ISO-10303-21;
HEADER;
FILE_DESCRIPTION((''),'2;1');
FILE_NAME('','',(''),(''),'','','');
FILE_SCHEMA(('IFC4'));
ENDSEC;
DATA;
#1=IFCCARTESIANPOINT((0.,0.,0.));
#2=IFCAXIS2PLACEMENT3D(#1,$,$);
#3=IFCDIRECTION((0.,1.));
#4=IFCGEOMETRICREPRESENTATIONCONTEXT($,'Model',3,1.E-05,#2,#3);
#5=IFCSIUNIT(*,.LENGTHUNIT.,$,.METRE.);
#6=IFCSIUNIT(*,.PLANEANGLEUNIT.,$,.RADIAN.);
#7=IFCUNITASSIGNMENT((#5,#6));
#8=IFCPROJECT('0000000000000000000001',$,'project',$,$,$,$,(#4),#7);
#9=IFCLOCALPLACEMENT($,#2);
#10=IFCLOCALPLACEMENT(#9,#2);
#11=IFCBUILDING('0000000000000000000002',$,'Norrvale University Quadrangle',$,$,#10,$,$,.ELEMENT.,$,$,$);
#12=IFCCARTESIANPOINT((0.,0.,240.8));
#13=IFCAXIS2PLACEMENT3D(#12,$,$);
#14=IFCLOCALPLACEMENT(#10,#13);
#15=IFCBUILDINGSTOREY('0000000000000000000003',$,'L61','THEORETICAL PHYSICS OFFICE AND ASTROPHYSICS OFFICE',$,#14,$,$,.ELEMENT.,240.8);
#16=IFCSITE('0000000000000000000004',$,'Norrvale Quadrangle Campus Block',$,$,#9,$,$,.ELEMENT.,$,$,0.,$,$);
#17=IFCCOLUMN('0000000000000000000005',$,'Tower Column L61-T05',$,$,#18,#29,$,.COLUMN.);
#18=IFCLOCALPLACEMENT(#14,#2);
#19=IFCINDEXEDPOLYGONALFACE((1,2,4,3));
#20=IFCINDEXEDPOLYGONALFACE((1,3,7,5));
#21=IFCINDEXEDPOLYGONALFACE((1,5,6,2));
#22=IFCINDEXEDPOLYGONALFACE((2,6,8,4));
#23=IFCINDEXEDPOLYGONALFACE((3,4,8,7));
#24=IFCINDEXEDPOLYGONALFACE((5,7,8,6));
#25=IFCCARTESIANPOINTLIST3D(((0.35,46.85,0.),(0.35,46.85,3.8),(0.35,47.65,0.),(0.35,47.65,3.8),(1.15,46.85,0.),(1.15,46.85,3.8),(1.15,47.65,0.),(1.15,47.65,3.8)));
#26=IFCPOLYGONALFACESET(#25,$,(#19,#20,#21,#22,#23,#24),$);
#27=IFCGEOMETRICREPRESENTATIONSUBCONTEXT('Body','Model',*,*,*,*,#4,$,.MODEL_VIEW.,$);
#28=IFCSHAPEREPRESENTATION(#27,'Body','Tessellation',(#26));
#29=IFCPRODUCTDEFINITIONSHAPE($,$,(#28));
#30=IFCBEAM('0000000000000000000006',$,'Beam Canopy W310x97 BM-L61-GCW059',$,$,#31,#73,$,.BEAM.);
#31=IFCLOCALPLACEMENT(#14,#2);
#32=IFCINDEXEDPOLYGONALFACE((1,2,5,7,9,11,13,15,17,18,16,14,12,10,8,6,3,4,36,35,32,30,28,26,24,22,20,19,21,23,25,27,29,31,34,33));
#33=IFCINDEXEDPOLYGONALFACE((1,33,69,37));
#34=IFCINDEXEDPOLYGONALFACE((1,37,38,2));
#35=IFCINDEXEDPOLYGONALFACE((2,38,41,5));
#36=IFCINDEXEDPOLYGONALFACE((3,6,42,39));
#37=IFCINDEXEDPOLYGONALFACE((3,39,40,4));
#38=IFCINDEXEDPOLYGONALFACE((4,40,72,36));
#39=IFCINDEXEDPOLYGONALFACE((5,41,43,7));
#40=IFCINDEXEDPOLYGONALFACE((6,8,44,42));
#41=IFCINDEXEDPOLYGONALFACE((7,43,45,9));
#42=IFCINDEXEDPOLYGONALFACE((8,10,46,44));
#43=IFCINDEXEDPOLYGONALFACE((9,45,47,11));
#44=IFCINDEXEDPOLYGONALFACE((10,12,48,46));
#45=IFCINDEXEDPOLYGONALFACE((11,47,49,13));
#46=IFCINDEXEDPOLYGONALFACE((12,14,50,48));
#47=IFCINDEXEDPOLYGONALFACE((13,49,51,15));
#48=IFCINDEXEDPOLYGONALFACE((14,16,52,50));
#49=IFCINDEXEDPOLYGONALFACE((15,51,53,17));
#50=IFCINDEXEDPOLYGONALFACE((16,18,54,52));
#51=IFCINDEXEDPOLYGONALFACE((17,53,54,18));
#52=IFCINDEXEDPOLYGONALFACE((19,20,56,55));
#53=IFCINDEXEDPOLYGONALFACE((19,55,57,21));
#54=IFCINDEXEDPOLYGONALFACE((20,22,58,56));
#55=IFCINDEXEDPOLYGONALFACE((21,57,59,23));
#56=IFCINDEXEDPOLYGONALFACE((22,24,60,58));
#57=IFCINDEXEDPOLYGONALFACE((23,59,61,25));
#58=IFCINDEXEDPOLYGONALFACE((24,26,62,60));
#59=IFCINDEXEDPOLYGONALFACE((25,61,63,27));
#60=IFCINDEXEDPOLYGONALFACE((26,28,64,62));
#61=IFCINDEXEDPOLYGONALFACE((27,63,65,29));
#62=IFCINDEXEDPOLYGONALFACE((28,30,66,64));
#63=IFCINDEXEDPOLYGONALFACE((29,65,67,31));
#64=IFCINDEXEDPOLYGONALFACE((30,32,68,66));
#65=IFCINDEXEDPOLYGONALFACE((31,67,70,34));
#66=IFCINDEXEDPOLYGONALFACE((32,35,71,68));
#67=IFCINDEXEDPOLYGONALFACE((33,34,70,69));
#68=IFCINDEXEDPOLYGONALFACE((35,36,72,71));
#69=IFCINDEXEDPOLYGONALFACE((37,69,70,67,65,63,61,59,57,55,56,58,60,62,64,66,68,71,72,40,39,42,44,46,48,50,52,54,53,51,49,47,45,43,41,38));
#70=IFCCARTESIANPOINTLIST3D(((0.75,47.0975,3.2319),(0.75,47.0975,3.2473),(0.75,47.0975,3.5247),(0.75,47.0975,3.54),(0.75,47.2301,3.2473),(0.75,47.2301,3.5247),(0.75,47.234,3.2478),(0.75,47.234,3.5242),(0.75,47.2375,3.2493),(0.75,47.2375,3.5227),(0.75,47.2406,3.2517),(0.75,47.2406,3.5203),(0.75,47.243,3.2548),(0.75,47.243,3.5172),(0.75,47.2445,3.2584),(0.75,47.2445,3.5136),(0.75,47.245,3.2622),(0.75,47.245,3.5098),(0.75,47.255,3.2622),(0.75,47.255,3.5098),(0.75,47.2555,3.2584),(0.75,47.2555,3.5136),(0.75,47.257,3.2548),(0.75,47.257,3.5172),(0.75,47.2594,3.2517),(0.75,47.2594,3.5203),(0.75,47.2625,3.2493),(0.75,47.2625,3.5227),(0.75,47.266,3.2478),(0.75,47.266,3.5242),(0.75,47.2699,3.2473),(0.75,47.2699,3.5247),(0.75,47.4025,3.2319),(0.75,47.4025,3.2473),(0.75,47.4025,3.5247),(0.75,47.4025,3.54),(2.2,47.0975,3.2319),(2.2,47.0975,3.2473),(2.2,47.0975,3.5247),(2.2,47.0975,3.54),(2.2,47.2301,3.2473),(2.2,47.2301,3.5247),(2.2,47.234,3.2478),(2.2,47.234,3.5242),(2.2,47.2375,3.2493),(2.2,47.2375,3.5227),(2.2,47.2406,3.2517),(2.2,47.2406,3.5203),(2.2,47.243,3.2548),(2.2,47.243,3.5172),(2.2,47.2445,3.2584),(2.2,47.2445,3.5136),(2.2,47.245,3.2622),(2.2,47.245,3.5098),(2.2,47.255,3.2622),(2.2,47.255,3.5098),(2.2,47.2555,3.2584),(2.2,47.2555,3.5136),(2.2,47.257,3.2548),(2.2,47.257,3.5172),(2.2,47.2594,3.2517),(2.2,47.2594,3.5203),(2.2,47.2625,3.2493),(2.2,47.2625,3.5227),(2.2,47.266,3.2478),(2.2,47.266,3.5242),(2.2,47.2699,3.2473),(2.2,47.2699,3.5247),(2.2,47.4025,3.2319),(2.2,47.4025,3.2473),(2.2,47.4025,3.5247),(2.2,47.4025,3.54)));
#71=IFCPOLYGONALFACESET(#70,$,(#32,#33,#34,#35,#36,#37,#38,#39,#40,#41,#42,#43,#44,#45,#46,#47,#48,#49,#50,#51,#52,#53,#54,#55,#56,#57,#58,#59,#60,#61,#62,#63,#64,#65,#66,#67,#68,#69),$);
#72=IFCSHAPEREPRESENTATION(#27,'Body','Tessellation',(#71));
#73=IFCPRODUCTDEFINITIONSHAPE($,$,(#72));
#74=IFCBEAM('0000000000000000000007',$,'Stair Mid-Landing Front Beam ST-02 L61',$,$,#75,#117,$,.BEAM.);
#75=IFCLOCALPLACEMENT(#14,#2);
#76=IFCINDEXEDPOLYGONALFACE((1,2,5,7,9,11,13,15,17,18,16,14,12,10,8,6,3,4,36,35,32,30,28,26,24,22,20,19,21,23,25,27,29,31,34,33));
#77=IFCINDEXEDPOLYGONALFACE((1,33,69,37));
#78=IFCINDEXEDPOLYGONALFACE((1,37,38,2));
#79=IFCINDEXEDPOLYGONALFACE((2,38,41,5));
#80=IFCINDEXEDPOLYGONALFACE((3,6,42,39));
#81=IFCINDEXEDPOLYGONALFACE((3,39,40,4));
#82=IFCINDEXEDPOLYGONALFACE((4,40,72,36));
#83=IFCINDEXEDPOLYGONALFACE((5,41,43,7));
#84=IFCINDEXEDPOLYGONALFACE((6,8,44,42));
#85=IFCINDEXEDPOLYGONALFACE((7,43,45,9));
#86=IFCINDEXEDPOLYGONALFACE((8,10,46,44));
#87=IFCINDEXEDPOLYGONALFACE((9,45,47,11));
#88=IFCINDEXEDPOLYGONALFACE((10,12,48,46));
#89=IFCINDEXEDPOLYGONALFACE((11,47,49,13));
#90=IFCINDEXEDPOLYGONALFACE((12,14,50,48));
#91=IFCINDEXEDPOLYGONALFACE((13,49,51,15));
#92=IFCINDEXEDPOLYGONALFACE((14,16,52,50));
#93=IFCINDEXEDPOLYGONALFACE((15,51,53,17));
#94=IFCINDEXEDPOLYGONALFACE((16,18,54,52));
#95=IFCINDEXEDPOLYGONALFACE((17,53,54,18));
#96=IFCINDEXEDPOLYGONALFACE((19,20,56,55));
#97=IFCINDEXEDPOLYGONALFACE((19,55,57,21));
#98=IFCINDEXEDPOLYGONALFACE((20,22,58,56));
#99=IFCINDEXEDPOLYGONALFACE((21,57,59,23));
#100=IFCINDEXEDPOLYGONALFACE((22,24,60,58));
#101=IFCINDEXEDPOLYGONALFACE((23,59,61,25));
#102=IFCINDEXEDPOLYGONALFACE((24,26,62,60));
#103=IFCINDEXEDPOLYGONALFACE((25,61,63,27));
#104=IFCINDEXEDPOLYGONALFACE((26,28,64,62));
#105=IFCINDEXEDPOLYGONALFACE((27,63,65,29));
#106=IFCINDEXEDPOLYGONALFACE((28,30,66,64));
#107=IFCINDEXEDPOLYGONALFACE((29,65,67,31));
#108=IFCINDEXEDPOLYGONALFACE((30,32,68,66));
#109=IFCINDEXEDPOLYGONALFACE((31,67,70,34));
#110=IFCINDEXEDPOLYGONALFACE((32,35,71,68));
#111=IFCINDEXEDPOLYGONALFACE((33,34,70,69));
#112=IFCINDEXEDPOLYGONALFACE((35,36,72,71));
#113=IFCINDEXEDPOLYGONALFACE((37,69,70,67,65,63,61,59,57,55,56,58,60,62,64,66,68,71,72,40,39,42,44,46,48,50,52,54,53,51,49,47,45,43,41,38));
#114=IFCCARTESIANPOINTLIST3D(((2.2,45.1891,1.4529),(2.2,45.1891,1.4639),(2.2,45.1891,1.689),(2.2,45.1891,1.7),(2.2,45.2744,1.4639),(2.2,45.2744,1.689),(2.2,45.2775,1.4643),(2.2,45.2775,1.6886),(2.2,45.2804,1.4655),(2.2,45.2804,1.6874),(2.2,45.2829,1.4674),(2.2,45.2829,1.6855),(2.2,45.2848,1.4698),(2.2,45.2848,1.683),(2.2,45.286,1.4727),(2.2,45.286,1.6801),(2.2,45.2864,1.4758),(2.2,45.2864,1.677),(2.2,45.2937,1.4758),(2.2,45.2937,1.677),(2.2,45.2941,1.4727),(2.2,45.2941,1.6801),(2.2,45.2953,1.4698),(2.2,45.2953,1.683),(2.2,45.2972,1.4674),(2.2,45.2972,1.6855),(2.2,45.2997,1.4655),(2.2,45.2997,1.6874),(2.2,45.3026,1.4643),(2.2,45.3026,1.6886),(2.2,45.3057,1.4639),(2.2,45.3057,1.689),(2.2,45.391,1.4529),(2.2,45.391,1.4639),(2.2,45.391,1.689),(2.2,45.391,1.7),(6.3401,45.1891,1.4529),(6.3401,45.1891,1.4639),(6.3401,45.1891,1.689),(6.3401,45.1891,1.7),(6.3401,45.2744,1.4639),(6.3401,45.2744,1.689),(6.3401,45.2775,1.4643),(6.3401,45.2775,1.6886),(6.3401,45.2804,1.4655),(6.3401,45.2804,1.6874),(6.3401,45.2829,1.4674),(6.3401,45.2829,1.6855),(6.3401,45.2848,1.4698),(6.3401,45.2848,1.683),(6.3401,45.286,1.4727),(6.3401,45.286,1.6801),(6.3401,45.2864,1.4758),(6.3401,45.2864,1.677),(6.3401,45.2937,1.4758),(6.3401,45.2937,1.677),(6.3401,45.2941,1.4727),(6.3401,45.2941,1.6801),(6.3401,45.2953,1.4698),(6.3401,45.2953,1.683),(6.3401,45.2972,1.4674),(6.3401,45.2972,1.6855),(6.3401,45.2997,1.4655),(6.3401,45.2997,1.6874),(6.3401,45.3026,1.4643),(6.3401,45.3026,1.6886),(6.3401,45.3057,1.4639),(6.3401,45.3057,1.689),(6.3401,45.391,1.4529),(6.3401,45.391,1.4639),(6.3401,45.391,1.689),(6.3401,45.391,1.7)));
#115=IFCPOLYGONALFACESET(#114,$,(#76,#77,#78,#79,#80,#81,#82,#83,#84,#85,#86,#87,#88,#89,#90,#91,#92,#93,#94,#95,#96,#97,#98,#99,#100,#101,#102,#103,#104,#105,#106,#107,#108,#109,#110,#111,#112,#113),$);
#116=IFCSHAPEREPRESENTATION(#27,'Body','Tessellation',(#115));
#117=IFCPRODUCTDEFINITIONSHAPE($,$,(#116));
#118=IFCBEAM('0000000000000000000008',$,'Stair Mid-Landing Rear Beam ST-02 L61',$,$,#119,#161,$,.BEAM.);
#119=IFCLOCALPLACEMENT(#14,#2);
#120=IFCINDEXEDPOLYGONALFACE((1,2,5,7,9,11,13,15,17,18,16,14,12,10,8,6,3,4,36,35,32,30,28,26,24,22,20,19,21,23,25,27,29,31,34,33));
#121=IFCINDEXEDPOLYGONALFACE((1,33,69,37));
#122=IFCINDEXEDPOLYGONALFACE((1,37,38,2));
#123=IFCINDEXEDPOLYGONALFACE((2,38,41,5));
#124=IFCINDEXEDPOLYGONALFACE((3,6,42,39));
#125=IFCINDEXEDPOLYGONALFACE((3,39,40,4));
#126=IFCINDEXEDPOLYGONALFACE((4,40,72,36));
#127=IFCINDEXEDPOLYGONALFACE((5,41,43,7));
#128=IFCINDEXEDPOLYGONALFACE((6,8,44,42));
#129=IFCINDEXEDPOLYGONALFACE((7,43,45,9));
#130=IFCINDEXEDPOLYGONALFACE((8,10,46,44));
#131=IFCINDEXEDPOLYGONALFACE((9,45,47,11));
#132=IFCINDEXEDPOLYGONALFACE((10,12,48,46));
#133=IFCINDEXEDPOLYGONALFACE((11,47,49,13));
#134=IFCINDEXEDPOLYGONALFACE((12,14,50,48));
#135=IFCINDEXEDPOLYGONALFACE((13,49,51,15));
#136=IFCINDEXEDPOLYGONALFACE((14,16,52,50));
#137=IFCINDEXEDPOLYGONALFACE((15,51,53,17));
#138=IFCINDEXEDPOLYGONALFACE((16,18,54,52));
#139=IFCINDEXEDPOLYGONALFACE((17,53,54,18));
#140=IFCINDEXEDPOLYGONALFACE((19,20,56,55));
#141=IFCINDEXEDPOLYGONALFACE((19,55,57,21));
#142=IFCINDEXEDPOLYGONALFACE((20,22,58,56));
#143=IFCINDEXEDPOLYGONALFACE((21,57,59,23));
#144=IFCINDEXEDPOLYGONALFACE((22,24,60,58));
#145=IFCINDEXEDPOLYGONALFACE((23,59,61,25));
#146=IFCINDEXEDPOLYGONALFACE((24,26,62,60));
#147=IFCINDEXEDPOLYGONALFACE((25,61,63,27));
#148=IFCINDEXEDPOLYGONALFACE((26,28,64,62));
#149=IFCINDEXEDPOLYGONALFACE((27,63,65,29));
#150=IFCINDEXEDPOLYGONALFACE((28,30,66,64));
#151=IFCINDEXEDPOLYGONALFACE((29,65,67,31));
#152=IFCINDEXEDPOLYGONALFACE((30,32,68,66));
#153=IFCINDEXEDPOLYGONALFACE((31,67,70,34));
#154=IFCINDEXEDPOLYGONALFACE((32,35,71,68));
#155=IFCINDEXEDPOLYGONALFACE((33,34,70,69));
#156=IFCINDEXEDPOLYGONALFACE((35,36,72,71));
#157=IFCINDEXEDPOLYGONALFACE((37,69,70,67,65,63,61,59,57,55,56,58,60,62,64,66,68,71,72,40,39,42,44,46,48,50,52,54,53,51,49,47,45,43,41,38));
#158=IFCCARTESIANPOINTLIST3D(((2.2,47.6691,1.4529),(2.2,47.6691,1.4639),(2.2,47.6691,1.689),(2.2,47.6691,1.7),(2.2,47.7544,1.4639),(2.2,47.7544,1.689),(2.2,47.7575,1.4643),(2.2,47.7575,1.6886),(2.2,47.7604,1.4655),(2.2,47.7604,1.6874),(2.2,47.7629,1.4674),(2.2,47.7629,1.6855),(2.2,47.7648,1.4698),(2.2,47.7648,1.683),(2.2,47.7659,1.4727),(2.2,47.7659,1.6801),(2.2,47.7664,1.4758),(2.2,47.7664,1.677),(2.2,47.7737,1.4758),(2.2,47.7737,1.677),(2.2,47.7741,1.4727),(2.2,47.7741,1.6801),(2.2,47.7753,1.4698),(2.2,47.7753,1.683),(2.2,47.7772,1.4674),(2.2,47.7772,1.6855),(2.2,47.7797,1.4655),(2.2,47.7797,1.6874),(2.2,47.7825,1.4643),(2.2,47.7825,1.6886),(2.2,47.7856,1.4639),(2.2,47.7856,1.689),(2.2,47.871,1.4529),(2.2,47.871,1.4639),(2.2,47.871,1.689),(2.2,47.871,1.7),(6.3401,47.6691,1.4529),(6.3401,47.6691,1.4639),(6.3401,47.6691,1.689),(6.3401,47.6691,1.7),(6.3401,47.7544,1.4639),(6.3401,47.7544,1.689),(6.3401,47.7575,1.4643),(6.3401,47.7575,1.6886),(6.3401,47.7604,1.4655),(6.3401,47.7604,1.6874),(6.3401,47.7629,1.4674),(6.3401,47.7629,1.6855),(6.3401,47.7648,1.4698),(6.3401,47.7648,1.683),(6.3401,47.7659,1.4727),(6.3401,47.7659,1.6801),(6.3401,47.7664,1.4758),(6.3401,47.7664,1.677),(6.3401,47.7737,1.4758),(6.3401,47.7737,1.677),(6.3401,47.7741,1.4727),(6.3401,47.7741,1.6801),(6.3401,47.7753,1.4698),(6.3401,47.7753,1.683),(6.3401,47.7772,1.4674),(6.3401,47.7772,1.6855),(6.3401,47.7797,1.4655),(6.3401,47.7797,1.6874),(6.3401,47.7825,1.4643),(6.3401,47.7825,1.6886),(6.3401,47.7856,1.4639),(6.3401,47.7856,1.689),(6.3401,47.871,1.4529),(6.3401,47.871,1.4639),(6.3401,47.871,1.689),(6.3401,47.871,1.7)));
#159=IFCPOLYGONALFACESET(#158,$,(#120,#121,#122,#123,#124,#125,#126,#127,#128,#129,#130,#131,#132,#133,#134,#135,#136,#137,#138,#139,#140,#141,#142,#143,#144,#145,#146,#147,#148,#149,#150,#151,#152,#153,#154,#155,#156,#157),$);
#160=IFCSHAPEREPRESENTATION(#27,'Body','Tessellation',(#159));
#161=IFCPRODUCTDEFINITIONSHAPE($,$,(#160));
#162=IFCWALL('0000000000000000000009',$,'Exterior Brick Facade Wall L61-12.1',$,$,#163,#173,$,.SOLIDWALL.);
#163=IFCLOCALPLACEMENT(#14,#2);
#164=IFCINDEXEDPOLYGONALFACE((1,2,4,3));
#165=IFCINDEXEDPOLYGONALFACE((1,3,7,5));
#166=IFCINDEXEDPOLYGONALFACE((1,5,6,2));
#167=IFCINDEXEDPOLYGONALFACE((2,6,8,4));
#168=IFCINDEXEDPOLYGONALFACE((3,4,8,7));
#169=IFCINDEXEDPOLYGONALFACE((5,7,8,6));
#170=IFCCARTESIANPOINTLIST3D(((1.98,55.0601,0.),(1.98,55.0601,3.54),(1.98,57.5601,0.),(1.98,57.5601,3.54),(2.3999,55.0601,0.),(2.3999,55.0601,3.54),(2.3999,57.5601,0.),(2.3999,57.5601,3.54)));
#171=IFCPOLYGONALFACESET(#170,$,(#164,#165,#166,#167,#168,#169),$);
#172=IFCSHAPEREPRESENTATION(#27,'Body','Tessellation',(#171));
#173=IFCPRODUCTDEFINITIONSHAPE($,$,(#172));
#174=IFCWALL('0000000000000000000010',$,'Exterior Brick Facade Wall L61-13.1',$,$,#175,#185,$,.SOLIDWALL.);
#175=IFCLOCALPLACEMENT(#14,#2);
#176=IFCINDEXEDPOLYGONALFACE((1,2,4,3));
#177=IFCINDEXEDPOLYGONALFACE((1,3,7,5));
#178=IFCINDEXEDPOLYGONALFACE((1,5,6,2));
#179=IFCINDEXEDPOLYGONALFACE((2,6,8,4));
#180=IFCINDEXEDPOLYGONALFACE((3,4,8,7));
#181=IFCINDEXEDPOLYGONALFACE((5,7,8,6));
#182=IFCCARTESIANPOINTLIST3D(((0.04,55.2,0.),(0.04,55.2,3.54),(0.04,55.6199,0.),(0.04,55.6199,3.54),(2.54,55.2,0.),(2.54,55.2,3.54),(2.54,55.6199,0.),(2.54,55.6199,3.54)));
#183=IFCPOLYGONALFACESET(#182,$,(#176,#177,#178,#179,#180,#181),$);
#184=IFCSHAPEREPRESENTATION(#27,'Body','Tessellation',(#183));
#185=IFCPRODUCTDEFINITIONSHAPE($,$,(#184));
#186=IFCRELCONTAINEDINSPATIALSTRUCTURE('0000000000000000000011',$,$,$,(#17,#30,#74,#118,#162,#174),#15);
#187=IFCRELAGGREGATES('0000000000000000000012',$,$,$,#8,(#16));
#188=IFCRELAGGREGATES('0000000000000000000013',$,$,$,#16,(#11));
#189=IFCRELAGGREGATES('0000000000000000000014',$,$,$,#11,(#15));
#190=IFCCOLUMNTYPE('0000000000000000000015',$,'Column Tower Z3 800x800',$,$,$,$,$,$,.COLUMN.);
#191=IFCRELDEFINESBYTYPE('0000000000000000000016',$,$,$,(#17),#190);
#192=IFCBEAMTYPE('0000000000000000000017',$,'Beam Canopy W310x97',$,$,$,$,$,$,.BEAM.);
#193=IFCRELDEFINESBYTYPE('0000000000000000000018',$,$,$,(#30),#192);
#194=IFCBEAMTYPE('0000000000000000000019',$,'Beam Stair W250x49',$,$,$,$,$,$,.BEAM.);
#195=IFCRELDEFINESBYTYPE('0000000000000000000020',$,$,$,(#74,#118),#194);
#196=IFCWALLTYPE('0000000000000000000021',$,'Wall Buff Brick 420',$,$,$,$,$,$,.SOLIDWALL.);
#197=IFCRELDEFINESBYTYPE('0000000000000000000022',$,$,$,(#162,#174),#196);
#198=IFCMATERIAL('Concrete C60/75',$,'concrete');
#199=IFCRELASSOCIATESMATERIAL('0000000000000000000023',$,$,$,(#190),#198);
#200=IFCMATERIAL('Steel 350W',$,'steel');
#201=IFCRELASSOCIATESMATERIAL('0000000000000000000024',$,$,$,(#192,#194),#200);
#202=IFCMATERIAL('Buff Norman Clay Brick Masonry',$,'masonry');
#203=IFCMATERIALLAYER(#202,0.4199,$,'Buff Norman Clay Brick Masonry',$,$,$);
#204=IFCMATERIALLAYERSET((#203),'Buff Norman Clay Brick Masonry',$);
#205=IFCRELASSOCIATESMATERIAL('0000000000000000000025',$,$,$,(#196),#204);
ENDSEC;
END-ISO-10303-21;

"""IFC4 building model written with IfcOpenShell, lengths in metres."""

from ifc_helpers import new_model, si_unit, direction, frame, frame_2d, origin, origin_2d, place, context, subcontext, project, spatial, rectangle, i_section, extrude, material, layer, layer_set, material_profile, profile_set, type_object, element, save


model = new_model("IFC4")

# Units and contexts
model_context = context("Model", 3, precision=1e-05, world=origin(), true_north=direction((0.0, 1.0)))
body_context = subcontext(model_context, "Body", "Model", "MODEL_VIEW")
ifc_project = project(units=[si_unit("LENGTHUNIT", "METRE"), si_unit("PLANEANGLEUNIT", "RADIAN")], contexts=[model_context])

# Site, building, storey
site_placement = place(None, origin())
site = spatial("IfcSite", under=ifc_project, at=site_placement, Name="Norrvale Quadrangle Campus Block", CompositionType="ELEMENT", RefElevation=0.0)
building_placement = place(site_placement, origin())
building = spatial("IfcBuilding", under=site, at=building_placement, Name="Norrvale University Quadrangle", CompositionType="ELEMENT")
storey_placement = place(building_placement, frame((0.0, 0.0, 240.8)))
storey = spatial("IfcBuildingStorey", under=building, at=storey_placement, Name="L61", Description="THEORETICAL PHYSICS OFFICE AND ASTROPHYSICS OFFICE", CompositionType="ELEMENT", Elevation=240.8)

# Column
ifc_material_1 = material(Name="Concrete C60/75", Category="concrete")
ifc_material_profile_1 = material_profile(ifc_material_1, rectangle(XDim=0.8, YDim=0.8, at=origin_2d()), Name="Concrete C60/75")
ifc_profile_set_1 = profile_set([ifc_material_profile_1], Name="Concrete C60/75")
column_type = type_object("IfcColumnType", Name="Column Tower Z3 800x800", PredefinedType="COLUMN", material=ifc_profile_set_1)
column_placement = place(storey_placement, frame((0.75, 47.25, 0.0), z_axis=(0.0, 0.0, 1.0), x_axis=(1.0, 0.0, 0.0)))
element("IfcColumn", 1, at=column_placement, inside=storey, type_object=column_type, Name="Tower Column L61-T05", PredefinedType="COLUMN", context=body_context, shape_type="SweptSolid", body=[
    extrude(rectangle(XDim=0.8, YDim=0.8, at=origin_2d()), origin(), (0.0, 0.0, 1.0), 3.8),
])

# Beams
ifc_material_2 = material(Name="Steel 350W", Category="steel")
ifc_material_profile_2 = material_profile(ifc_material_2, i_section(OverallWidth=0.3049, OverallDepth=0.3081, WebThickness=0.01, FlangeThickness=0.0154, FilletRadius=0.0149, at=origin_2d()), Name="Steel 350W")
ifc_profile_set_2 = profile_set([ifc_material_profile_2], Name="Steel 350W")
beam_type_1 = type_object("IfcBeamType", Name="Beam Canopy W310x97", PredefinedType="BEAM", material=ifc_profile_set_2)
beam_placement = place(storey_placement, frame((0.75, 47.25, 3.386), z_axis=(1.0, 0.0, 0.0), x_axis=(0.0, 1.0, 0.0)))
element("IfcBeam", 2, at=beam_placement, inside=storey, type_object=beam_type_1, Name="Beam Canopy W310x97 BM-L61-GCW059", PredefinedType="BEAM", context=body_context, shape_type="SweptSolid", body=[
    extrude(i_section(OverallWidth=0.3049, OverallDepth=0.3081, WebThickness=0.01, FlangeThickness=0.0154, FilletRadius=0.0149, at=origin_2d()), origin(), (0.0, 0.0, 1.0), 1.45),
])
ifc_material_profile_3 = material_profile(ifc_material_2, i_section(OverallWidth=0.2019, OverallDepth=0.2471, WebThickness=0.0073, FlangeThickness=0.011, FilletRadius=0.012, at=origin_2d()), Name="Steel 350W")
ifc_profile_set_3 = profile_set([ifc_material_profile_3], Name="Steel 350W")
beam_type_2 = type_object("IfcBeamType", Name="Beam Stair W250x49", PredefinedType="BEAM", material=ifc_profile_set_3)
for number, where, z_axis, x_axis, name in (
    (3, (2.2, 45.29, 1.5764), (1.0, 0.0, 0.0), (0.0, 1.0, 0.0), "Stair Mid-Landing Front Beam ST-02 L61"),
    (4, (2.2, 47.77, 1.5764), (1.0, 0.0, 0.0), (0.0, 1.0, 0.0), "Stair Mid-Landing Rear Beam ST-02 L61"),
):
    element("IfcBeam", number, at=place(storey_placement, frame(where, z_axis=z_axis, x_axis=x_axis)), inside=storey, type_object=beam_type_2, Name=name, PredefinedType="BEAM", context=body_context, shape_type="SweptSolid", body=[
        extrude(i_section(OverallWidth=0.2019, OverallDepth=0.2471, WebThickness=0.0073, FlangeThickness=0.011, FilletRadius=0.012, at=origin_2d()), origin(), (0.0, 0.0, 1.0), 4.1401),
    ])

# Walls
ifc_material_3 = material(Name="Buff Norman Clay Brick Masonry", Category="masonry")
ifc_layer_1 = layer(ifc_material_3, 0.4199, Name="Buff Norman Clay Brick Masonry")
ifc_layer_set_1 = layer_set([ifc_layer_1], Name="Buff Norman Clay Brick Masonry")
wall_type_1 = type_object("IfcWallType", Name="Wall Buff Brick 420", PredefinedType="SOLIDWALL", material=ifc_layer_set_1)
for number, where, z_axis, x_axis, name in (
    (5, (2.1899, 57.5601, 0.0), (0.0, 0.0, 1.0), (0.0, -1.0, 0.0), "Exterior Brick Facade Wall L61-12.1"),
    (6, (2.54, 55.4099, 0.0), (0.0, 0.0, 1.0), (-1.0, 0.0, 0.0), "Exterior Brick Facade Wall L61-13.1"),
):
    element("IfcWall", number, at=place(storey_placement, frame(where, z_axis=z_axis, x_axis=x_axis)), inside=storey, type_object=wall_type_1, Name=name, PredefinedType="SOLIDWALL", context=body_context, shape_type="SweptSolid", body=[
        extrude(rectangle(XDim=2.5, YDim=0.4199, at=frame_2d((1.25, 0.0))), origin(), (0.0, 0.0, 1.0), 3.54),
    ])

save(model, "model.ifc")
